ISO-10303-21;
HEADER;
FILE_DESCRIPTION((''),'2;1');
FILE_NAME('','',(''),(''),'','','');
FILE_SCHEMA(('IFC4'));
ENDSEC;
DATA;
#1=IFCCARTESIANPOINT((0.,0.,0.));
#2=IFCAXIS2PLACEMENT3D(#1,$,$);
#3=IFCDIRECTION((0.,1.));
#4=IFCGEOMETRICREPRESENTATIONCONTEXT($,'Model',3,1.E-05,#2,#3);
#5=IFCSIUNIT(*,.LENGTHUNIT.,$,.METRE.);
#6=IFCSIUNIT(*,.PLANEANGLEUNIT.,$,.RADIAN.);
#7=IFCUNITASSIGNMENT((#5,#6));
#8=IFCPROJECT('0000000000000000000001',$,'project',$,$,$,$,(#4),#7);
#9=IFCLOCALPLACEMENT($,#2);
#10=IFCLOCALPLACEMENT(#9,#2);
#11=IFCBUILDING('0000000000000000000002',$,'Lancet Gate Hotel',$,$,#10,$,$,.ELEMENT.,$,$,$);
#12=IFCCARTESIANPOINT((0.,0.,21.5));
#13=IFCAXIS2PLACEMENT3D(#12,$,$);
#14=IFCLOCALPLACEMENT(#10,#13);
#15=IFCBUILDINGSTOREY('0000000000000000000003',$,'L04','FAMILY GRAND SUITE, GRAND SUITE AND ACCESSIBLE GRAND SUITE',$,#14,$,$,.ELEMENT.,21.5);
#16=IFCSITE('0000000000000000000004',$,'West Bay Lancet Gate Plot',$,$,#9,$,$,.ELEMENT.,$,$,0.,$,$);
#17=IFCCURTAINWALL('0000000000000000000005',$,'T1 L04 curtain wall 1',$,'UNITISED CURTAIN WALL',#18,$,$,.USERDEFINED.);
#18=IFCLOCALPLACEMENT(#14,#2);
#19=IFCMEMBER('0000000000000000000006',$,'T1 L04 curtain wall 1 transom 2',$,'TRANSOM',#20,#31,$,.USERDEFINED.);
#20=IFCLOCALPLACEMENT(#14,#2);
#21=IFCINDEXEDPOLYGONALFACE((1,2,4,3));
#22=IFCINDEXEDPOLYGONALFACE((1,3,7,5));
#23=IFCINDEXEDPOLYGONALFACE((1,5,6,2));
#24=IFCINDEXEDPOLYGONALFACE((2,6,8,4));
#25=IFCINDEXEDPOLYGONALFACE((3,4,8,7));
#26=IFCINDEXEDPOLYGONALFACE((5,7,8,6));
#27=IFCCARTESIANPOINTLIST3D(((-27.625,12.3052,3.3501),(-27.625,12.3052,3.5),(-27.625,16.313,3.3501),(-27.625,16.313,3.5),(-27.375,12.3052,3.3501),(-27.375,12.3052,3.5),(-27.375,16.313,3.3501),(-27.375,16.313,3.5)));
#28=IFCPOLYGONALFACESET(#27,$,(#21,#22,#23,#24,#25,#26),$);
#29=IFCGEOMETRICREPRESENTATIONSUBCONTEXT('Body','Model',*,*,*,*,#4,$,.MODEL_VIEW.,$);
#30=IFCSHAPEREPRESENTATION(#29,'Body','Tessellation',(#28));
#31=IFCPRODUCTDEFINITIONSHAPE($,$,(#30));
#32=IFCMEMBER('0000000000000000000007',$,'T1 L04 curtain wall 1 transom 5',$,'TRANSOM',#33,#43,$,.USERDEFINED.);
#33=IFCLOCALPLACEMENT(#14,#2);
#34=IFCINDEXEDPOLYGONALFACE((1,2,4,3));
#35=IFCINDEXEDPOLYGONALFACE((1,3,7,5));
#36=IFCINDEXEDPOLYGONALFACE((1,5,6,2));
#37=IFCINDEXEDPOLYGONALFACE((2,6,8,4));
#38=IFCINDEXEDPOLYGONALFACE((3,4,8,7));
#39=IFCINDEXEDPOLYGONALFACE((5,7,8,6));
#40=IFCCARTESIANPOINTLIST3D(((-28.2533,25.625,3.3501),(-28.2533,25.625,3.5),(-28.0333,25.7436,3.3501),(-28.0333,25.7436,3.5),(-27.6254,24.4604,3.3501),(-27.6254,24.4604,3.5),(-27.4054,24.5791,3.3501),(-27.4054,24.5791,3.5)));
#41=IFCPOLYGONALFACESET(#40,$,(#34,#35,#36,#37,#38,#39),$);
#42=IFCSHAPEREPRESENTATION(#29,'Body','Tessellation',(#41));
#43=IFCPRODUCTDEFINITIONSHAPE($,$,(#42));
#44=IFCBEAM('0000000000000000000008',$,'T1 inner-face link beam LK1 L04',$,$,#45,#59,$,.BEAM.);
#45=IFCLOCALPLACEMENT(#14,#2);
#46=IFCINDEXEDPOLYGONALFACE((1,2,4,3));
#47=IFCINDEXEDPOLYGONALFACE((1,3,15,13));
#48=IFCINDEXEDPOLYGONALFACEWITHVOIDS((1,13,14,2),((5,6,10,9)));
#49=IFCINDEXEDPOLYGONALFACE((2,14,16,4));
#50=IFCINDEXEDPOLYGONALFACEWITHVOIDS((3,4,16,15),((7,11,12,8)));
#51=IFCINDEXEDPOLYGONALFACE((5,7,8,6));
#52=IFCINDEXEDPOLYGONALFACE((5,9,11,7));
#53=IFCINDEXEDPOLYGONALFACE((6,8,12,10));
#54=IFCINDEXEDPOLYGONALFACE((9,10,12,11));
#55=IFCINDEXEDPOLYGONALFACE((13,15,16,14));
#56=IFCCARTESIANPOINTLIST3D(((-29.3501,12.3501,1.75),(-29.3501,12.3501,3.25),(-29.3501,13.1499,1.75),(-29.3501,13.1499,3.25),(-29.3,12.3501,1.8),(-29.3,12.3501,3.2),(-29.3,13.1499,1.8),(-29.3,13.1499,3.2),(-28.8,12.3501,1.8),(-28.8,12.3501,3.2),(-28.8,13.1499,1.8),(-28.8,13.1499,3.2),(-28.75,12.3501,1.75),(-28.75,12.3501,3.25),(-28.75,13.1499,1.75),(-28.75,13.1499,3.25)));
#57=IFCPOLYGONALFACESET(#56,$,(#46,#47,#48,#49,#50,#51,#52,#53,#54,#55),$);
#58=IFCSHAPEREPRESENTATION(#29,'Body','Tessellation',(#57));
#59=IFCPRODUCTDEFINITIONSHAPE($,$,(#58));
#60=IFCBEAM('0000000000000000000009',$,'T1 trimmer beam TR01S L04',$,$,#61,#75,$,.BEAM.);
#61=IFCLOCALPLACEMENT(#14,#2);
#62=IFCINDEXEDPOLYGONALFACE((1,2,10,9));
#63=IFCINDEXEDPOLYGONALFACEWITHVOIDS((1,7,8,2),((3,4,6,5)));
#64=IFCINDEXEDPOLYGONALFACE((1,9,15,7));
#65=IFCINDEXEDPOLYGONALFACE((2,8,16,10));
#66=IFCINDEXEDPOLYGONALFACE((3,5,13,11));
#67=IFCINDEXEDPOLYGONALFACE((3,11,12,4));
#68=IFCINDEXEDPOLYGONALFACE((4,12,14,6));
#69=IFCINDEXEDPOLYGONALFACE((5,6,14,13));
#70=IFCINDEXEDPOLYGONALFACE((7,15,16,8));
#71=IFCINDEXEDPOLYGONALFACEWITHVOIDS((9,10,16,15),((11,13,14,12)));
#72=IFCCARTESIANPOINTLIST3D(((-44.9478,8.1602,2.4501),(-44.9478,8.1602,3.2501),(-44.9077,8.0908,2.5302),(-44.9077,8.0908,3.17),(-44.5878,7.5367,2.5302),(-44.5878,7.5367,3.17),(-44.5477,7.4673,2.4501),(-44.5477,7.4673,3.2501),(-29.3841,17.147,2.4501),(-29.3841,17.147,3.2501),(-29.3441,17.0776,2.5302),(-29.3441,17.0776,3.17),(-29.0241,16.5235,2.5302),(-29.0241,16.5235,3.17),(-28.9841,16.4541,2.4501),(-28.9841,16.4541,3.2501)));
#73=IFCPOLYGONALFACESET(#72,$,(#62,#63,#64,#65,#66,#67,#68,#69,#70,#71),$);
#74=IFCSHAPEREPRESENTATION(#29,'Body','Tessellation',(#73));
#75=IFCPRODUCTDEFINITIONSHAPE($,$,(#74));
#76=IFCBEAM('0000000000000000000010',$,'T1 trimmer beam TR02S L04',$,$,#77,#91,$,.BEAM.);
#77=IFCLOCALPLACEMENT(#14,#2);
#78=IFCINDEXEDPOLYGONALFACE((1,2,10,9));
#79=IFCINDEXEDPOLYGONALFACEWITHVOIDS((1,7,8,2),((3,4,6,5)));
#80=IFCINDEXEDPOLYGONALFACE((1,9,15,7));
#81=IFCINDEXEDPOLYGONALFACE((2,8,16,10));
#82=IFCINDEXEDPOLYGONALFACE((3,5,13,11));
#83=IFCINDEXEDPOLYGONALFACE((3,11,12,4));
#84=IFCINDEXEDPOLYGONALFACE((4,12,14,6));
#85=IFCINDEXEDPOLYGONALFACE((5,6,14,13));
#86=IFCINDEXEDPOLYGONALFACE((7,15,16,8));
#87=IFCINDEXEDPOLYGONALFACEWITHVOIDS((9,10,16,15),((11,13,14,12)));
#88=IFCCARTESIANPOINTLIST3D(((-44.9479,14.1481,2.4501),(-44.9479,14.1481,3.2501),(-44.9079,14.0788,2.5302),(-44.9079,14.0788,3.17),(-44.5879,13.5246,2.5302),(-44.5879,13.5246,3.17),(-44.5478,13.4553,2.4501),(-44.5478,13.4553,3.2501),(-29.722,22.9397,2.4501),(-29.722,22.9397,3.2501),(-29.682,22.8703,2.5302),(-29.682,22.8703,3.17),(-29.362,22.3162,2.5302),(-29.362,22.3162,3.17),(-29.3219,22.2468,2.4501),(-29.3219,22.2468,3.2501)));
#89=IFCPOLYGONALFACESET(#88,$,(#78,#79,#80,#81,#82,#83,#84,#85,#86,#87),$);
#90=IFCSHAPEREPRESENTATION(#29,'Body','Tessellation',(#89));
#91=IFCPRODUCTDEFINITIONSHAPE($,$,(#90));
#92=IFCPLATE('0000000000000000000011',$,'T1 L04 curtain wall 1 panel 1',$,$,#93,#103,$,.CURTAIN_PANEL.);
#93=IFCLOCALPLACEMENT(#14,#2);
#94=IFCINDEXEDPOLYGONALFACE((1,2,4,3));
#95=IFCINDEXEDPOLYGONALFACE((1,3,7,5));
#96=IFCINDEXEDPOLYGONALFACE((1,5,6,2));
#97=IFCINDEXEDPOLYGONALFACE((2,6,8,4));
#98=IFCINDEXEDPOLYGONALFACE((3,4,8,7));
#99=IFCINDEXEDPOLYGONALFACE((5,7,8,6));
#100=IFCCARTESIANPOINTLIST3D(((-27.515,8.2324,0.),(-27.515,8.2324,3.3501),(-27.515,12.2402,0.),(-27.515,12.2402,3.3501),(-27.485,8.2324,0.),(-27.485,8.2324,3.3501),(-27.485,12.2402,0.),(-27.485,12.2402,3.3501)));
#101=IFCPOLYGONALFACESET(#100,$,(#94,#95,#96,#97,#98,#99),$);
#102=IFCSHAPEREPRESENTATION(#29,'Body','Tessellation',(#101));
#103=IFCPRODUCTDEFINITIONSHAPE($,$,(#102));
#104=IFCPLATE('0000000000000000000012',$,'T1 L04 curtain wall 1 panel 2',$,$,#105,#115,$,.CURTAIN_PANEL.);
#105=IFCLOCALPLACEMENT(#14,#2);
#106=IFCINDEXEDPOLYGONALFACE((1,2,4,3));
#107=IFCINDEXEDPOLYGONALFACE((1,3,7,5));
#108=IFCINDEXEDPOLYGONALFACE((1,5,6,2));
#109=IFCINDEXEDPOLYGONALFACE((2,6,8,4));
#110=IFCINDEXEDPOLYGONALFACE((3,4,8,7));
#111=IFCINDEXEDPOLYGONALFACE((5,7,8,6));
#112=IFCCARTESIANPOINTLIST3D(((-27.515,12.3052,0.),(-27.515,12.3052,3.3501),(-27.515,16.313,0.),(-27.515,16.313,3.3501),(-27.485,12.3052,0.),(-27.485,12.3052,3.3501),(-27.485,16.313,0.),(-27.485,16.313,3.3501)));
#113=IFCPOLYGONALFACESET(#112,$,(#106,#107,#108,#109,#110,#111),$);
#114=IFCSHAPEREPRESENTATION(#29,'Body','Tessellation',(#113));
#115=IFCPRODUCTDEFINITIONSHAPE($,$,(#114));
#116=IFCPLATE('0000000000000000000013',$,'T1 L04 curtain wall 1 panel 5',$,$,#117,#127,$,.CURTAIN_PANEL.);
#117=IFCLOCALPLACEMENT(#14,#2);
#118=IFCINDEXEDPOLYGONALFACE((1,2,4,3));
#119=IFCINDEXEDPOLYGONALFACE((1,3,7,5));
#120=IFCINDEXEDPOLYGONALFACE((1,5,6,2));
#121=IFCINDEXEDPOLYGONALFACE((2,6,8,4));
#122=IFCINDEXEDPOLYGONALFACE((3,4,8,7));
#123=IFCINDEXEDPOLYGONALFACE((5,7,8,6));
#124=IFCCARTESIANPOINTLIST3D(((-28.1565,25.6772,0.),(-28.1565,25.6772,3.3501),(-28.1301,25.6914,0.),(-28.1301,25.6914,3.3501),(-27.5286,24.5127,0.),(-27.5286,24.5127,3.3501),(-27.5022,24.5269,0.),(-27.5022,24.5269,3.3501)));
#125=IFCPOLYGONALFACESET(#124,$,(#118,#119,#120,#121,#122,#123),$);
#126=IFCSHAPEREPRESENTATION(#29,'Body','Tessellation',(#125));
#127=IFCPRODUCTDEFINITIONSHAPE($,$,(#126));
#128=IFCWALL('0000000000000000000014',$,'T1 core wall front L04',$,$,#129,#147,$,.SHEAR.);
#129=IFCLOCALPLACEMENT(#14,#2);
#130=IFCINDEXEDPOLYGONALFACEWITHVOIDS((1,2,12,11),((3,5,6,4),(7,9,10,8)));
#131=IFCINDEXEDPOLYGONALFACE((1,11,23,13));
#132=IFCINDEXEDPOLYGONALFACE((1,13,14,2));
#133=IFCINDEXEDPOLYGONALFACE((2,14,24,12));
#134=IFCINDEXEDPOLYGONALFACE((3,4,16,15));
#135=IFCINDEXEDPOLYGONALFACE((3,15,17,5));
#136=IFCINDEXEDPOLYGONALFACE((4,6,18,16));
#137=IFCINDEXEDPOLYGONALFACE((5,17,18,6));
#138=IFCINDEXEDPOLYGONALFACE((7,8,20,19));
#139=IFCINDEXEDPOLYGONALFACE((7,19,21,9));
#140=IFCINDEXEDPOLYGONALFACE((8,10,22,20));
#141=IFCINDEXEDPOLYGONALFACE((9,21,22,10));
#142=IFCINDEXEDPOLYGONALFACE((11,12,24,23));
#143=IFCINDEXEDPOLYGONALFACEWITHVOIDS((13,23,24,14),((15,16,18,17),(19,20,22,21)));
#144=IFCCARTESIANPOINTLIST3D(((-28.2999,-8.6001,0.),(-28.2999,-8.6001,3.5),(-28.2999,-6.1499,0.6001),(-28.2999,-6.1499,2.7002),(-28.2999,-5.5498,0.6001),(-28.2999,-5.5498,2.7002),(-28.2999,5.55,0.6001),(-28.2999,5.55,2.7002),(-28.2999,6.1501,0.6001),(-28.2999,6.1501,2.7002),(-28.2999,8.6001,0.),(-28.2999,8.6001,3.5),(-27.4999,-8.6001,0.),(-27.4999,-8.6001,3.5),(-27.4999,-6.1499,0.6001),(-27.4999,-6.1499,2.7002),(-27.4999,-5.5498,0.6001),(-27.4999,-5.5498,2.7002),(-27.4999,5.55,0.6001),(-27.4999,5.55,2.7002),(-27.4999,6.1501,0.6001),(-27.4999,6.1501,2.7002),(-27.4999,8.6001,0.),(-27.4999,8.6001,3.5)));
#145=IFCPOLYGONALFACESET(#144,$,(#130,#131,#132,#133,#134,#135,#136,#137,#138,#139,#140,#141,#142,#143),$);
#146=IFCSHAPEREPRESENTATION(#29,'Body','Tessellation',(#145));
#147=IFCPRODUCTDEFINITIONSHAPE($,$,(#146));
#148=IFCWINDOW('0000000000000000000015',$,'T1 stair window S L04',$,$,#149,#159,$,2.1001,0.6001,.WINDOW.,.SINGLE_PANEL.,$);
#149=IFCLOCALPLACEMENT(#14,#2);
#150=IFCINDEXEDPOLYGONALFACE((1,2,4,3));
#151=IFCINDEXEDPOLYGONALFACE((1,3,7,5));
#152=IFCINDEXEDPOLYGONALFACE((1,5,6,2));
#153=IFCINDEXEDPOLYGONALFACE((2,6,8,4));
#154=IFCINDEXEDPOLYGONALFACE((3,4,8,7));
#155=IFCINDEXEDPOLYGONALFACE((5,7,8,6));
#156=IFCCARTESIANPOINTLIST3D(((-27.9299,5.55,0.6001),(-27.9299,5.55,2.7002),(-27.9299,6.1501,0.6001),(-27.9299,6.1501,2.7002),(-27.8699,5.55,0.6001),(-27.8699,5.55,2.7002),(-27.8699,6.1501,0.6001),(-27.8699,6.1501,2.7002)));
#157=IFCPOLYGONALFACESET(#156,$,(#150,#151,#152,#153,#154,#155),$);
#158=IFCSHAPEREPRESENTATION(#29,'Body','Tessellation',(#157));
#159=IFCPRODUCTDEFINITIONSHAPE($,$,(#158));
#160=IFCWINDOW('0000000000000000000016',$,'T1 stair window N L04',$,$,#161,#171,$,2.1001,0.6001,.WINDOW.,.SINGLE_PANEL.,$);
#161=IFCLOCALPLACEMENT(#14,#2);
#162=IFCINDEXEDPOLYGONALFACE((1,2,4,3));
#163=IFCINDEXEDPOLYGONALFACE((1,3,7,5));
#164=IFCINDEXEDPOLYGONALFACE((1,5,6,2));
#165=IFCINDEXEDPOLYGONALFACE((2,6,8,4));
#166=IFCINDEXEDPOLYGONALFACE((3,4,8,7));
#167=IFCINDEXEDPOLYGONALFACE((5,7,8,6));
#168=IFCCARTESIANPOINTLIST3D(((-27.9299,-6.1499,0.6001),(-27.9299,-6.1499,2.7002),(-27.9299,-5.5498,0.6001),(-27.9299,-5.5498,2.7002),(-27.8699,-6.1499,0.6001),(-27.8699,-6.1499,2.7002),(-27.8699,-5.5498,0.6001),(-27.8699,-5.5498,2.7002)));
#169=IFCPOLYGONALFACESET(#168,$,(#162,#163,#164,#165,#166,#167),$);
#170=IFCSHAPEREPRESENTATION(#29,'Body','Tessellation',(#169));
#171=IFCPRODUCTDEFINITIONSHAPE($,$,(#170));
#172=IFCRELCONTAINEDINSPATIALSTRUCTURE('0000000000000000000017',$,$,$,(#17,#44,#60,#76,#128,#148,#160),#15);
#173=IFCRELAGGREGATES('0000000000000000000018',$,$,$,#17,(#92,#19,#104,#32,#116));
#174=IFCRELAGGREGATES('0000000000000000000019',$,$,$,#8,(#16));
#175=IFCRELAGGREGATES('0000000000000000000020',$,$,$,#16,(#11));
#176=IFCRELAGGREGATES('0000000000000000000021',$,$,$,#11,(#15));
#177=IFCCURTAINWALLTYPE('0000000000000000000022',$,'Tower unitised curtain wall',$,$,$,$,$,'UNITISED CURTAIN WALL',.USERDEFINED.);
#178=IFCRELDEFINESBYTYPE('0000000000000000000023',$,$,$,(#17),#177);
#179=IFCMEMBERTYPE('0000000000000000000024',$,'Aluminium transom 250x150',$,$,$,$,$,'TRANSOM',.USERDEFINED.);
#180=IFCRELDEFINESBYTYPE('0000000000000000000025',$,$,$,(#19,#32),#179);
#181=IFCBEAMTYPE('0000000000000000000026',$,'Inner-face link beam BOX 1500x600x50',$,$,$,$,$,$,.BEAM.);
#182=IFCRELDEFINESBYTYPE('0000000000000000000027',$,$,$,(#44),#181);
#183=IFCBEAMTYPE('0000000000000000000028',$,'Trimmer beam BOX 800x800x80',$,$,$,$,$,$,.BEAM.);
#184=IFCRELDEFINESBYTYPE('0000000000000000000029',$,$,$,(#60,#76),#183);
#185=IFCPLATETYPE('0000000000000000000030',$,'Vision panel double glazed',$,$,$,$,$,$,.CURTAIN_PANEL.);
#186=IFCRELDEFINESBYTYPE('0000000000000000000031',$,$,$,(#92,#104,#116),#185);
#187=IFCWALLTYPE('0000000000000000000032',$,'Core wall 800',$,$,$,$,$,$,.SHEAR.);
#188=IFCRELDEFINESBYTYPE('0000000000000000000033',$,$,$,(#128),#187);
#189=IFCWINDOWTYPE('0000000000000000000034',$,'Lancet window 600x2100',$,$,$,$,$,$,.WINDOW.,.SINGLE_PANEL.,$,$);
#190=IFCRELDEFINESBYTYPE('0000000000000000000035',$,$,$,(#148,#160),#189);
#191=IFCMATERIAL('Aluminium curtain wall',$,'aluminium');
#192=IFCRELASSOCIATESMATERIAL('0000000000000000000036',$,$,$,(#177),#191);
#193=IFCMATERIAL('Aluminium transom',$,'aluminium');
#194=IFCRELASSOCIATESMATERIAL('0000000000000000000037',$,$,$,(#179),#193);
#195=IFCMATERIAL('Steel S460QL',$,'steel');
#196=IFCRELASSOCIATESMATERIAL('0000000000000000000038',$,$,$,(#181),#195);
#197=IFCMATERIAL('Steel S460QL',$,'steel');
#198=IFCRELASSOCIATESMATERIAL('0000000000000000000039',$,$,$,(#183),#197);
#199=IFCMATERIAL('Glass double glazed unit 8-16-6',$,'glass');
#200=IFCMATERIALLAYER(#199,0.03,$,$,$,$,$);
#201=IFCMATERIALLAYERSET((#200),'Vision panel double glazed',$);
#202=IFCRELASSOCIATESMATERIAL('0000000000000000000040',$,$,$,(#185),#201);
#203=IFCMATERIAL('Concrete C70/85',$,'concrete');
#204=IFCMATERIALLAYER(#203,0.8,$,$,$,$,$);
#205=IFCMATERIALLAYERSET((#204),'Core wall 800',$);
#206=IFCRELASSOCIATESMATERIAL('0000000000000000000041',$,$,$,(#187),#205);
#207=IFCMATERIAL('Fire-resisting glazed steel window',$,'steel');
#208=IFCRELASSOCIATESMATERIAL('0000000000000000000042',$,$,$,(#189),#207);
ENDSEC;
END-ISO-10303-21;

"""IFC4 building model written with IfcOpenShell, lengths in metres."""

from ifc_helpers import new_model, si_unit, direction, frame, frame_2d, origin, origin_2d, place, context, subcontext, project, spatial, rectangle, hollow_rectangle, extrude, material, layer, layer_set, material_profile, profile_set, type_object, element, fill, aggregate, save


model = new_model("IFC4")

# Units and contexts
model_context = context("Model", 3, precision=1e-05, world=origin(), true_north=direction((0.0, 1.0)))
body_context = subcontext(model_context, "Body", "Model", "MODEL_VIEW")
ifc_project = project(units=[si_unit("LENGTHUNIT", "METRE"), si_unit("PLANEANGLEUNIT", "RADIAN")], contexts=[model_context])

# Site, building, storey
site_placement = place(None, origin())
site = spatial("IfcSite", under=ifc_project, at=site_placement, Name="West Bay Lancet Gate Plot", CompositionType="ELEMENT", RefElevation=0.0)
building_placement = place(site_placement, origin())
building = spatial("IfcBuilding", under=site, at=building_placement, Name="Lancet Gate Hotel", CompositionType="ELEMENT")
storey_placement = place(building_placement, frame((0.0, 0.0, 21.5)))
storey = spatial("IfcBuildingStorey", under=building, at=storey_placement, Name="L04", Description="FAMILY GRAND SUITE, GRAND SUITE AND ACCESSIBLE GRAND SUITE", CompositionType="ELEMENT", Elevation=21.5)

# Curtain wall, members
ifc_material_1 = material(Name="Aluminium curtain wall", Category="aluminium")
curtain_wall_type = type_object("IfcCurtainWallType", Name="Tower unitised curtain wall", ElementType="UNITISED CURTAIN WALL", PredefinedType="USERDEFINED", material=ifc_material_1)
curtain_wall_placement = place(storey_placement, origin())
curtain_wall = element("IfcCurtainWall", 1, at=curtain_wall_placement, inside=storey, type_object=curtain_wall_type, Name="T1 L04 curtain wall 1", ObjectType="UNITISED CURTAIN WALL", PredefinedType="USERDEFINED")
ifc_material_2 = material(Name="Aluminium transom", Category="aluminium")
ifc_material_profile_1 = material_profile(ifc_material_2, rectangle(XDim=0.25, YDim=0.1499, at=origin_2d()), Name="TRANSOM 250x150")
ifc_profile_set_1 = profile_set([ifc_material_profile_1], Name="Aluminium transom")
member_type_1 = type_object("IfcMemberType", Name="Aluminium transom 250x150", ElementType="TRANSOM", PredefinedType="USERDEFINED", material=ifc_profile_set_1)
member_1_placement = place(storey_placement, frame((-27.5, 12.3052, 3.425), z_axis=(0.0, 1.0, 0.0), x_axis=(-1.0, 0.0, 0.0)))
member_1 = element("IfcMember", 2, at=member_1_placement, type_object=member_type_1, Name="T1 L04 curtain wall 1 transom 2", ObjectType="TRANSOM", PredefinedType="USERDEFINED", context=body_context, shape_type="SweptSolid", body=[
    extrude(rectangle(XDim=0.25, YDim=0.1499, at=origin_2d()), origin(), (0.0, 0.0, 1.0), 4.0078),
])
member_2_placement = place(storey_placement, frame((-27.5154, 24.5198, 3.425), z_axis=(-0.474606, 0.880198, 0.0), x_axis=(-0.880198, -0.474606, 0.0)))
member_2 = element("IfcMember", 3, at=member_2_placement, type_object=member_type_1, Name="T1 L04 curtain wall 1 transom 5", ObjectType="TRANSOM", PredefinedType="USERDEFINED", context=body_context, shape_type="SweptSolid", body=[
    extrude(rectangle(XDim=0.25, YDim=0.1499, at=origin_2d()), origin(), (0.0, 0.0, 1.0), 1.323),
])

# Beams
ifc_material_3 = material(Name="Steel S460QL", Category="steel")
ifc_material_profile_2 = material_profile(ifc_material_3, hollow_rectangle(XDim=0.6001, YDim=1.5, WallThickness=0.05, at=origin_2d()), Name="BOX 1500x600x50")
ifc_profile_set_2 = profile_set([ifc_material_profile_2], Name="Steel S460QL")
beam_type_1 = type_object("IfcBeamType", Name="Inner-face link beam BOX 1500x600x50", PredefinedType="BEAM", material=ifc_profile_set_2)
beam_1_placement = place(storey_placement, frame((-29.05, 13.1499, 2.5), z_axis=(0.0, -1.0, 0.0), x_axis=(1.0, 0.0, 0.0)))
element("IfcBeam", 4, at=beam_1_placement, inside=storey, type_object=beam_type_1, Name="T1 inner-face link beam LK1 L04", PredefinedType="BEAM", context=body_context, shape_type="SweptSolid", body=[
    extrude(hollow_rectangle(XDim=0.6001, YDim=1.5, WallThickness=0.05, at=origin_2d()), origin(), (0.0, 0.0, 1.0), 0.7998),
])
ifc_material_4 = material(Name="Steel S460QL", Category="steel")
ifc_material_profile_3 = material_profile(ifc_material_4, hollow_rectangle(XDim=0.8, YDim=0.8, WallThickness=0.0801, at=origin_2d()), Name="BOX 800x800x80")
ifc_profile_set_3 = profile_set([ifc_material_profile_3], Name="Steel S460QL")
beam_type_2 = type_object("IfcBeamType", Name="Trimmer beam BOX 800x800x80", PredefinedType="BEAM", material=ifc_profile_set_3)
beam_2_placement = place(storey_placement, frame((-29.1841, 16.8005, 2.8501), z_axis=(-0.865999, -0.500046, 0.0), x_axis=(0.500046, -0.865999, 0.0)))
element("IfcBeam", 5, at=beam_2_placement, inside=storey, type_object=beam_type_2, Name="T1 trimmer beam TR01S L04", PredefinedType="BEAM", context=body_context, shape_type="SweptSolid", body=[
    extrude(hollow_rectangle(XDim=0.8, YDim=0.8, WallThickness=0.0801, at=origin_2d()), origin(), (0.0, 0.0, 1.0), 17.9719),
])
beam_3_placement = place(storey_placement, frame((-29.522, 22.5933, 2.8501), z_axis=(-0.866004, -0.500037, 0.0), x_axis=(0.500037, -0.866004, 0.0)))
element("IfcBeam", 6, at=beam_3_placement, inside=storey, type_object=beam_type_2, Name="T1 trimmer beam TR02S L04", PredefinedType="BEAM", context=body_context, shape_type="SweptSolid", body=[
    extrude(hollow_rectangle(XDim=0.8, YDim=0.8, WallThickness=0.0801, at=origin_2d()), origin(), (0.0, 0.0, 1.0), 17.5818),
])

# Plates
ifc_material_5 = material(Name="Glass double glazed unit 8-16-6", Category="glass")
ifc_layer_1 = layer(ifc_material_5, 0.03)
ifc_layer_set_1 = layer_set([ifc_layer_1], Name="Vision panel double glazed")
plate_type = type_object("IfcPlateType", Name="Vision panel double glazed", PredefinedType="CURTAIN_PANEL", material=ifc_layer_set_1)
plate_1_placement = place(storey_placement, frame((-27.5, 10.2363, 0.0), z_axis=(0.0, 0.0, 1.0), x_axis=(0.0, 1.0, 0.0)))
plate_1 = element("IfcPlate", 7, at=plate_1_placement, type_object=plate_type, Name="T1 L04 curtain wall 1 panel 1", PredefinedType="CURTAIN_PANEL", context=body_context, shape_type="SweptSolid", body=[
    extrude(rectangle(XDim=4.0078, YDim=0.03, at=origin_2d()), origin(), (0.0, 0.0, 1.0), 3.3501),
])
plate_2_placement = place(storey_placement, frame((-27.5, 14.3091, 0.0), z_axis=(0.0, 0.0, 1.0), x_axis=(0.0, 1.0, 0.0)))
plate_2 = element("IfcPlate", 8, at=plate_2_placement, type_object=plate_type, Name="T1 L04 curtain wall 1 panel 2", PredefinedType="CURTAIN_PANEL", context=body_context, shape_type="SweptSolid", body=[
    extrude(rectangle(XDim=4.0078, YDim=0.03, at=origin_2d()), origin(), (0.0, 0.0, 1.0), 3.3501),
])
plate_3_placement = place(storey_placement, frame((-27.8293, 25.1021, 0.0), z_axis=(0.0, 0.0, 1.0), x_axis=(-0.474631, 0.880185, 0.0)))
plate_3 = element("IfcPlate", 9, at=plate_3_placement, type_object=plate_type, Name="T1 L04 curtain wall 1 panel 5", PredefinedType="CURTAIN_PANEL", context=body_context, shape_type="SweptSolid", body=[
    extrude(rectangle(XDim=1.323, YDim=0.03, at=origin_2d()), origin(), (0.0, 0.0, 1.0), 3.3501),
])
aggregate(curtain_wall, [plate_1, member_1, plate_2, member_2, plate_3])

# Wall, openings, windows
ifc_material_6 = material(Name="Concrete C70/85", Category="concrete")
ifc_layer_2 = layer(ifc_material_6, 0.8)
ifc_layer_set_2 = layer_set([ifc_layer_2], Name="Core wall 800")
wall_type_1 = type_object("IfcWallType", Name="Core wall 800", PredefinedType="SHEAR", material=ifc_layer_set_2)
wall_1_placement = place(storey_placement, frame((-27.8999, 8.6001, 0.0), z_axis=(0.0, 0.0, 1.0), x_axis=(0.0, -1.0, 0.0)))
wall_1 = element("IfcWall", 10, at=wall_1_placement, inside=storey, type_object=wall_type_1, Name="T1 core wall front L04", PredefinedType="SHEAR", context=body_context, shape_type="SweptSolid", body=[
    extrude(rectangle(XDim=17.2002, YDim=0.8, at=frame_2d((8.6001, 0.0))), origin(), (0.0, 0.0, 1.0), 3.5),
])
opening_1_placement = place(wall_1_placement, frame((2.45, 0.0, 0.6001)))
opening_1 = element("IfcOpeningElement", 11, at=opening_1_placement, cuts=wall_1, PredefinedType="OPENING", context=body_context, shape_type="SweptSolid", body=[
    extrude(rectangle(XDim=0.6001, YDim=2.1001, at=frame_2d((0.3, 1.05))), frame((0.0, 0.4099, 0.0), z_axis=(0.0, -1.0, 0.0), x_axis=(1.0, 0.0, 0.0)), (0.0, 0.0, 1.0), 0.8201),
])
opening_2_placement = place(wall_1_placement, frame((14.1499, 0.0, 0.6001)))
opening_2 = element("IfcOpeningElement", 12, at=opening_2_placement, cuts=wall_1, PredefinedType="OPENING", context=body_context, shape_type="SweptSolid", body=[
    extrude(rectangle(XDim=0.6001, YDim=2.1001, at=frame_2d((0.3, 1.05))), frame((0.0, 0.4099, 0.0), z_axis=(0.0, -1.0, 0.0), x_axis=(1.0, 0.0, 0.0)), (0.0, 0.0, 1.0), 0.8201),
])
ifc_material_7 = material(Name="Fire-resisting glazed steel window", Category="steel")
window_type = type_object("IfcWindowType", Name="Lancet window 600x2100", PartitioningType="SINGLE_PANEL", PredefinedType="WINDOW", material=ifc_material_7)
window_1_placement = place(opening_1_placement, origin())
window_1 = element("IfcWindow", 13, at=window_1_placement, inside=storey, type_object=window_type, Name="T1 stair window S L04", OverallHeight=2.1001, OverallWidth=0.6001, PartitioningType="SINGLE_PANEL", PredefinedType="WINDOW", context=body_context, shape_type="SweptSolid", body=[
    extrude(rectangle(XDim=0.6001, YDim=2.1001, at=frame_2d((0.3, 1.05))), frame((0.0, 0.03, 0.0), z_axis=(0.0, -1.0, 0.0), x_axis=(1.0, 0.0, 0.0)), (0.0, 0.0, 1.0), 0.0601),
])
fill(opening_1, window_1)
window_2_placement = place(opening_2_placement, origin())
window_2 = element("IfcWindow", 14, at=window_2_placement, inside=storey, type_object=window_type, Name="T1 stair window N L04", OverallHeight=2.1001, OverallWidth=0.6001, PartitioningType="SINGLE_PANEL", PredefinedType="WINDOW", context=body_context, shape_type="SweptSolid", body=[
    extrude(rectangle(XDim=0.6001, YDim=2.1001, at=frame_2d((0.3, 1.05))), frame((0.0, 0.03, 0.0), z_axis=(0.0, -1.0, 0.0), x_axis=(1.0, 0.0, 0.0)), (0.0, 0.0, 1.0), 0.0601),
])
fill(opening_2, window_2)

save(model, "model.ifc")
